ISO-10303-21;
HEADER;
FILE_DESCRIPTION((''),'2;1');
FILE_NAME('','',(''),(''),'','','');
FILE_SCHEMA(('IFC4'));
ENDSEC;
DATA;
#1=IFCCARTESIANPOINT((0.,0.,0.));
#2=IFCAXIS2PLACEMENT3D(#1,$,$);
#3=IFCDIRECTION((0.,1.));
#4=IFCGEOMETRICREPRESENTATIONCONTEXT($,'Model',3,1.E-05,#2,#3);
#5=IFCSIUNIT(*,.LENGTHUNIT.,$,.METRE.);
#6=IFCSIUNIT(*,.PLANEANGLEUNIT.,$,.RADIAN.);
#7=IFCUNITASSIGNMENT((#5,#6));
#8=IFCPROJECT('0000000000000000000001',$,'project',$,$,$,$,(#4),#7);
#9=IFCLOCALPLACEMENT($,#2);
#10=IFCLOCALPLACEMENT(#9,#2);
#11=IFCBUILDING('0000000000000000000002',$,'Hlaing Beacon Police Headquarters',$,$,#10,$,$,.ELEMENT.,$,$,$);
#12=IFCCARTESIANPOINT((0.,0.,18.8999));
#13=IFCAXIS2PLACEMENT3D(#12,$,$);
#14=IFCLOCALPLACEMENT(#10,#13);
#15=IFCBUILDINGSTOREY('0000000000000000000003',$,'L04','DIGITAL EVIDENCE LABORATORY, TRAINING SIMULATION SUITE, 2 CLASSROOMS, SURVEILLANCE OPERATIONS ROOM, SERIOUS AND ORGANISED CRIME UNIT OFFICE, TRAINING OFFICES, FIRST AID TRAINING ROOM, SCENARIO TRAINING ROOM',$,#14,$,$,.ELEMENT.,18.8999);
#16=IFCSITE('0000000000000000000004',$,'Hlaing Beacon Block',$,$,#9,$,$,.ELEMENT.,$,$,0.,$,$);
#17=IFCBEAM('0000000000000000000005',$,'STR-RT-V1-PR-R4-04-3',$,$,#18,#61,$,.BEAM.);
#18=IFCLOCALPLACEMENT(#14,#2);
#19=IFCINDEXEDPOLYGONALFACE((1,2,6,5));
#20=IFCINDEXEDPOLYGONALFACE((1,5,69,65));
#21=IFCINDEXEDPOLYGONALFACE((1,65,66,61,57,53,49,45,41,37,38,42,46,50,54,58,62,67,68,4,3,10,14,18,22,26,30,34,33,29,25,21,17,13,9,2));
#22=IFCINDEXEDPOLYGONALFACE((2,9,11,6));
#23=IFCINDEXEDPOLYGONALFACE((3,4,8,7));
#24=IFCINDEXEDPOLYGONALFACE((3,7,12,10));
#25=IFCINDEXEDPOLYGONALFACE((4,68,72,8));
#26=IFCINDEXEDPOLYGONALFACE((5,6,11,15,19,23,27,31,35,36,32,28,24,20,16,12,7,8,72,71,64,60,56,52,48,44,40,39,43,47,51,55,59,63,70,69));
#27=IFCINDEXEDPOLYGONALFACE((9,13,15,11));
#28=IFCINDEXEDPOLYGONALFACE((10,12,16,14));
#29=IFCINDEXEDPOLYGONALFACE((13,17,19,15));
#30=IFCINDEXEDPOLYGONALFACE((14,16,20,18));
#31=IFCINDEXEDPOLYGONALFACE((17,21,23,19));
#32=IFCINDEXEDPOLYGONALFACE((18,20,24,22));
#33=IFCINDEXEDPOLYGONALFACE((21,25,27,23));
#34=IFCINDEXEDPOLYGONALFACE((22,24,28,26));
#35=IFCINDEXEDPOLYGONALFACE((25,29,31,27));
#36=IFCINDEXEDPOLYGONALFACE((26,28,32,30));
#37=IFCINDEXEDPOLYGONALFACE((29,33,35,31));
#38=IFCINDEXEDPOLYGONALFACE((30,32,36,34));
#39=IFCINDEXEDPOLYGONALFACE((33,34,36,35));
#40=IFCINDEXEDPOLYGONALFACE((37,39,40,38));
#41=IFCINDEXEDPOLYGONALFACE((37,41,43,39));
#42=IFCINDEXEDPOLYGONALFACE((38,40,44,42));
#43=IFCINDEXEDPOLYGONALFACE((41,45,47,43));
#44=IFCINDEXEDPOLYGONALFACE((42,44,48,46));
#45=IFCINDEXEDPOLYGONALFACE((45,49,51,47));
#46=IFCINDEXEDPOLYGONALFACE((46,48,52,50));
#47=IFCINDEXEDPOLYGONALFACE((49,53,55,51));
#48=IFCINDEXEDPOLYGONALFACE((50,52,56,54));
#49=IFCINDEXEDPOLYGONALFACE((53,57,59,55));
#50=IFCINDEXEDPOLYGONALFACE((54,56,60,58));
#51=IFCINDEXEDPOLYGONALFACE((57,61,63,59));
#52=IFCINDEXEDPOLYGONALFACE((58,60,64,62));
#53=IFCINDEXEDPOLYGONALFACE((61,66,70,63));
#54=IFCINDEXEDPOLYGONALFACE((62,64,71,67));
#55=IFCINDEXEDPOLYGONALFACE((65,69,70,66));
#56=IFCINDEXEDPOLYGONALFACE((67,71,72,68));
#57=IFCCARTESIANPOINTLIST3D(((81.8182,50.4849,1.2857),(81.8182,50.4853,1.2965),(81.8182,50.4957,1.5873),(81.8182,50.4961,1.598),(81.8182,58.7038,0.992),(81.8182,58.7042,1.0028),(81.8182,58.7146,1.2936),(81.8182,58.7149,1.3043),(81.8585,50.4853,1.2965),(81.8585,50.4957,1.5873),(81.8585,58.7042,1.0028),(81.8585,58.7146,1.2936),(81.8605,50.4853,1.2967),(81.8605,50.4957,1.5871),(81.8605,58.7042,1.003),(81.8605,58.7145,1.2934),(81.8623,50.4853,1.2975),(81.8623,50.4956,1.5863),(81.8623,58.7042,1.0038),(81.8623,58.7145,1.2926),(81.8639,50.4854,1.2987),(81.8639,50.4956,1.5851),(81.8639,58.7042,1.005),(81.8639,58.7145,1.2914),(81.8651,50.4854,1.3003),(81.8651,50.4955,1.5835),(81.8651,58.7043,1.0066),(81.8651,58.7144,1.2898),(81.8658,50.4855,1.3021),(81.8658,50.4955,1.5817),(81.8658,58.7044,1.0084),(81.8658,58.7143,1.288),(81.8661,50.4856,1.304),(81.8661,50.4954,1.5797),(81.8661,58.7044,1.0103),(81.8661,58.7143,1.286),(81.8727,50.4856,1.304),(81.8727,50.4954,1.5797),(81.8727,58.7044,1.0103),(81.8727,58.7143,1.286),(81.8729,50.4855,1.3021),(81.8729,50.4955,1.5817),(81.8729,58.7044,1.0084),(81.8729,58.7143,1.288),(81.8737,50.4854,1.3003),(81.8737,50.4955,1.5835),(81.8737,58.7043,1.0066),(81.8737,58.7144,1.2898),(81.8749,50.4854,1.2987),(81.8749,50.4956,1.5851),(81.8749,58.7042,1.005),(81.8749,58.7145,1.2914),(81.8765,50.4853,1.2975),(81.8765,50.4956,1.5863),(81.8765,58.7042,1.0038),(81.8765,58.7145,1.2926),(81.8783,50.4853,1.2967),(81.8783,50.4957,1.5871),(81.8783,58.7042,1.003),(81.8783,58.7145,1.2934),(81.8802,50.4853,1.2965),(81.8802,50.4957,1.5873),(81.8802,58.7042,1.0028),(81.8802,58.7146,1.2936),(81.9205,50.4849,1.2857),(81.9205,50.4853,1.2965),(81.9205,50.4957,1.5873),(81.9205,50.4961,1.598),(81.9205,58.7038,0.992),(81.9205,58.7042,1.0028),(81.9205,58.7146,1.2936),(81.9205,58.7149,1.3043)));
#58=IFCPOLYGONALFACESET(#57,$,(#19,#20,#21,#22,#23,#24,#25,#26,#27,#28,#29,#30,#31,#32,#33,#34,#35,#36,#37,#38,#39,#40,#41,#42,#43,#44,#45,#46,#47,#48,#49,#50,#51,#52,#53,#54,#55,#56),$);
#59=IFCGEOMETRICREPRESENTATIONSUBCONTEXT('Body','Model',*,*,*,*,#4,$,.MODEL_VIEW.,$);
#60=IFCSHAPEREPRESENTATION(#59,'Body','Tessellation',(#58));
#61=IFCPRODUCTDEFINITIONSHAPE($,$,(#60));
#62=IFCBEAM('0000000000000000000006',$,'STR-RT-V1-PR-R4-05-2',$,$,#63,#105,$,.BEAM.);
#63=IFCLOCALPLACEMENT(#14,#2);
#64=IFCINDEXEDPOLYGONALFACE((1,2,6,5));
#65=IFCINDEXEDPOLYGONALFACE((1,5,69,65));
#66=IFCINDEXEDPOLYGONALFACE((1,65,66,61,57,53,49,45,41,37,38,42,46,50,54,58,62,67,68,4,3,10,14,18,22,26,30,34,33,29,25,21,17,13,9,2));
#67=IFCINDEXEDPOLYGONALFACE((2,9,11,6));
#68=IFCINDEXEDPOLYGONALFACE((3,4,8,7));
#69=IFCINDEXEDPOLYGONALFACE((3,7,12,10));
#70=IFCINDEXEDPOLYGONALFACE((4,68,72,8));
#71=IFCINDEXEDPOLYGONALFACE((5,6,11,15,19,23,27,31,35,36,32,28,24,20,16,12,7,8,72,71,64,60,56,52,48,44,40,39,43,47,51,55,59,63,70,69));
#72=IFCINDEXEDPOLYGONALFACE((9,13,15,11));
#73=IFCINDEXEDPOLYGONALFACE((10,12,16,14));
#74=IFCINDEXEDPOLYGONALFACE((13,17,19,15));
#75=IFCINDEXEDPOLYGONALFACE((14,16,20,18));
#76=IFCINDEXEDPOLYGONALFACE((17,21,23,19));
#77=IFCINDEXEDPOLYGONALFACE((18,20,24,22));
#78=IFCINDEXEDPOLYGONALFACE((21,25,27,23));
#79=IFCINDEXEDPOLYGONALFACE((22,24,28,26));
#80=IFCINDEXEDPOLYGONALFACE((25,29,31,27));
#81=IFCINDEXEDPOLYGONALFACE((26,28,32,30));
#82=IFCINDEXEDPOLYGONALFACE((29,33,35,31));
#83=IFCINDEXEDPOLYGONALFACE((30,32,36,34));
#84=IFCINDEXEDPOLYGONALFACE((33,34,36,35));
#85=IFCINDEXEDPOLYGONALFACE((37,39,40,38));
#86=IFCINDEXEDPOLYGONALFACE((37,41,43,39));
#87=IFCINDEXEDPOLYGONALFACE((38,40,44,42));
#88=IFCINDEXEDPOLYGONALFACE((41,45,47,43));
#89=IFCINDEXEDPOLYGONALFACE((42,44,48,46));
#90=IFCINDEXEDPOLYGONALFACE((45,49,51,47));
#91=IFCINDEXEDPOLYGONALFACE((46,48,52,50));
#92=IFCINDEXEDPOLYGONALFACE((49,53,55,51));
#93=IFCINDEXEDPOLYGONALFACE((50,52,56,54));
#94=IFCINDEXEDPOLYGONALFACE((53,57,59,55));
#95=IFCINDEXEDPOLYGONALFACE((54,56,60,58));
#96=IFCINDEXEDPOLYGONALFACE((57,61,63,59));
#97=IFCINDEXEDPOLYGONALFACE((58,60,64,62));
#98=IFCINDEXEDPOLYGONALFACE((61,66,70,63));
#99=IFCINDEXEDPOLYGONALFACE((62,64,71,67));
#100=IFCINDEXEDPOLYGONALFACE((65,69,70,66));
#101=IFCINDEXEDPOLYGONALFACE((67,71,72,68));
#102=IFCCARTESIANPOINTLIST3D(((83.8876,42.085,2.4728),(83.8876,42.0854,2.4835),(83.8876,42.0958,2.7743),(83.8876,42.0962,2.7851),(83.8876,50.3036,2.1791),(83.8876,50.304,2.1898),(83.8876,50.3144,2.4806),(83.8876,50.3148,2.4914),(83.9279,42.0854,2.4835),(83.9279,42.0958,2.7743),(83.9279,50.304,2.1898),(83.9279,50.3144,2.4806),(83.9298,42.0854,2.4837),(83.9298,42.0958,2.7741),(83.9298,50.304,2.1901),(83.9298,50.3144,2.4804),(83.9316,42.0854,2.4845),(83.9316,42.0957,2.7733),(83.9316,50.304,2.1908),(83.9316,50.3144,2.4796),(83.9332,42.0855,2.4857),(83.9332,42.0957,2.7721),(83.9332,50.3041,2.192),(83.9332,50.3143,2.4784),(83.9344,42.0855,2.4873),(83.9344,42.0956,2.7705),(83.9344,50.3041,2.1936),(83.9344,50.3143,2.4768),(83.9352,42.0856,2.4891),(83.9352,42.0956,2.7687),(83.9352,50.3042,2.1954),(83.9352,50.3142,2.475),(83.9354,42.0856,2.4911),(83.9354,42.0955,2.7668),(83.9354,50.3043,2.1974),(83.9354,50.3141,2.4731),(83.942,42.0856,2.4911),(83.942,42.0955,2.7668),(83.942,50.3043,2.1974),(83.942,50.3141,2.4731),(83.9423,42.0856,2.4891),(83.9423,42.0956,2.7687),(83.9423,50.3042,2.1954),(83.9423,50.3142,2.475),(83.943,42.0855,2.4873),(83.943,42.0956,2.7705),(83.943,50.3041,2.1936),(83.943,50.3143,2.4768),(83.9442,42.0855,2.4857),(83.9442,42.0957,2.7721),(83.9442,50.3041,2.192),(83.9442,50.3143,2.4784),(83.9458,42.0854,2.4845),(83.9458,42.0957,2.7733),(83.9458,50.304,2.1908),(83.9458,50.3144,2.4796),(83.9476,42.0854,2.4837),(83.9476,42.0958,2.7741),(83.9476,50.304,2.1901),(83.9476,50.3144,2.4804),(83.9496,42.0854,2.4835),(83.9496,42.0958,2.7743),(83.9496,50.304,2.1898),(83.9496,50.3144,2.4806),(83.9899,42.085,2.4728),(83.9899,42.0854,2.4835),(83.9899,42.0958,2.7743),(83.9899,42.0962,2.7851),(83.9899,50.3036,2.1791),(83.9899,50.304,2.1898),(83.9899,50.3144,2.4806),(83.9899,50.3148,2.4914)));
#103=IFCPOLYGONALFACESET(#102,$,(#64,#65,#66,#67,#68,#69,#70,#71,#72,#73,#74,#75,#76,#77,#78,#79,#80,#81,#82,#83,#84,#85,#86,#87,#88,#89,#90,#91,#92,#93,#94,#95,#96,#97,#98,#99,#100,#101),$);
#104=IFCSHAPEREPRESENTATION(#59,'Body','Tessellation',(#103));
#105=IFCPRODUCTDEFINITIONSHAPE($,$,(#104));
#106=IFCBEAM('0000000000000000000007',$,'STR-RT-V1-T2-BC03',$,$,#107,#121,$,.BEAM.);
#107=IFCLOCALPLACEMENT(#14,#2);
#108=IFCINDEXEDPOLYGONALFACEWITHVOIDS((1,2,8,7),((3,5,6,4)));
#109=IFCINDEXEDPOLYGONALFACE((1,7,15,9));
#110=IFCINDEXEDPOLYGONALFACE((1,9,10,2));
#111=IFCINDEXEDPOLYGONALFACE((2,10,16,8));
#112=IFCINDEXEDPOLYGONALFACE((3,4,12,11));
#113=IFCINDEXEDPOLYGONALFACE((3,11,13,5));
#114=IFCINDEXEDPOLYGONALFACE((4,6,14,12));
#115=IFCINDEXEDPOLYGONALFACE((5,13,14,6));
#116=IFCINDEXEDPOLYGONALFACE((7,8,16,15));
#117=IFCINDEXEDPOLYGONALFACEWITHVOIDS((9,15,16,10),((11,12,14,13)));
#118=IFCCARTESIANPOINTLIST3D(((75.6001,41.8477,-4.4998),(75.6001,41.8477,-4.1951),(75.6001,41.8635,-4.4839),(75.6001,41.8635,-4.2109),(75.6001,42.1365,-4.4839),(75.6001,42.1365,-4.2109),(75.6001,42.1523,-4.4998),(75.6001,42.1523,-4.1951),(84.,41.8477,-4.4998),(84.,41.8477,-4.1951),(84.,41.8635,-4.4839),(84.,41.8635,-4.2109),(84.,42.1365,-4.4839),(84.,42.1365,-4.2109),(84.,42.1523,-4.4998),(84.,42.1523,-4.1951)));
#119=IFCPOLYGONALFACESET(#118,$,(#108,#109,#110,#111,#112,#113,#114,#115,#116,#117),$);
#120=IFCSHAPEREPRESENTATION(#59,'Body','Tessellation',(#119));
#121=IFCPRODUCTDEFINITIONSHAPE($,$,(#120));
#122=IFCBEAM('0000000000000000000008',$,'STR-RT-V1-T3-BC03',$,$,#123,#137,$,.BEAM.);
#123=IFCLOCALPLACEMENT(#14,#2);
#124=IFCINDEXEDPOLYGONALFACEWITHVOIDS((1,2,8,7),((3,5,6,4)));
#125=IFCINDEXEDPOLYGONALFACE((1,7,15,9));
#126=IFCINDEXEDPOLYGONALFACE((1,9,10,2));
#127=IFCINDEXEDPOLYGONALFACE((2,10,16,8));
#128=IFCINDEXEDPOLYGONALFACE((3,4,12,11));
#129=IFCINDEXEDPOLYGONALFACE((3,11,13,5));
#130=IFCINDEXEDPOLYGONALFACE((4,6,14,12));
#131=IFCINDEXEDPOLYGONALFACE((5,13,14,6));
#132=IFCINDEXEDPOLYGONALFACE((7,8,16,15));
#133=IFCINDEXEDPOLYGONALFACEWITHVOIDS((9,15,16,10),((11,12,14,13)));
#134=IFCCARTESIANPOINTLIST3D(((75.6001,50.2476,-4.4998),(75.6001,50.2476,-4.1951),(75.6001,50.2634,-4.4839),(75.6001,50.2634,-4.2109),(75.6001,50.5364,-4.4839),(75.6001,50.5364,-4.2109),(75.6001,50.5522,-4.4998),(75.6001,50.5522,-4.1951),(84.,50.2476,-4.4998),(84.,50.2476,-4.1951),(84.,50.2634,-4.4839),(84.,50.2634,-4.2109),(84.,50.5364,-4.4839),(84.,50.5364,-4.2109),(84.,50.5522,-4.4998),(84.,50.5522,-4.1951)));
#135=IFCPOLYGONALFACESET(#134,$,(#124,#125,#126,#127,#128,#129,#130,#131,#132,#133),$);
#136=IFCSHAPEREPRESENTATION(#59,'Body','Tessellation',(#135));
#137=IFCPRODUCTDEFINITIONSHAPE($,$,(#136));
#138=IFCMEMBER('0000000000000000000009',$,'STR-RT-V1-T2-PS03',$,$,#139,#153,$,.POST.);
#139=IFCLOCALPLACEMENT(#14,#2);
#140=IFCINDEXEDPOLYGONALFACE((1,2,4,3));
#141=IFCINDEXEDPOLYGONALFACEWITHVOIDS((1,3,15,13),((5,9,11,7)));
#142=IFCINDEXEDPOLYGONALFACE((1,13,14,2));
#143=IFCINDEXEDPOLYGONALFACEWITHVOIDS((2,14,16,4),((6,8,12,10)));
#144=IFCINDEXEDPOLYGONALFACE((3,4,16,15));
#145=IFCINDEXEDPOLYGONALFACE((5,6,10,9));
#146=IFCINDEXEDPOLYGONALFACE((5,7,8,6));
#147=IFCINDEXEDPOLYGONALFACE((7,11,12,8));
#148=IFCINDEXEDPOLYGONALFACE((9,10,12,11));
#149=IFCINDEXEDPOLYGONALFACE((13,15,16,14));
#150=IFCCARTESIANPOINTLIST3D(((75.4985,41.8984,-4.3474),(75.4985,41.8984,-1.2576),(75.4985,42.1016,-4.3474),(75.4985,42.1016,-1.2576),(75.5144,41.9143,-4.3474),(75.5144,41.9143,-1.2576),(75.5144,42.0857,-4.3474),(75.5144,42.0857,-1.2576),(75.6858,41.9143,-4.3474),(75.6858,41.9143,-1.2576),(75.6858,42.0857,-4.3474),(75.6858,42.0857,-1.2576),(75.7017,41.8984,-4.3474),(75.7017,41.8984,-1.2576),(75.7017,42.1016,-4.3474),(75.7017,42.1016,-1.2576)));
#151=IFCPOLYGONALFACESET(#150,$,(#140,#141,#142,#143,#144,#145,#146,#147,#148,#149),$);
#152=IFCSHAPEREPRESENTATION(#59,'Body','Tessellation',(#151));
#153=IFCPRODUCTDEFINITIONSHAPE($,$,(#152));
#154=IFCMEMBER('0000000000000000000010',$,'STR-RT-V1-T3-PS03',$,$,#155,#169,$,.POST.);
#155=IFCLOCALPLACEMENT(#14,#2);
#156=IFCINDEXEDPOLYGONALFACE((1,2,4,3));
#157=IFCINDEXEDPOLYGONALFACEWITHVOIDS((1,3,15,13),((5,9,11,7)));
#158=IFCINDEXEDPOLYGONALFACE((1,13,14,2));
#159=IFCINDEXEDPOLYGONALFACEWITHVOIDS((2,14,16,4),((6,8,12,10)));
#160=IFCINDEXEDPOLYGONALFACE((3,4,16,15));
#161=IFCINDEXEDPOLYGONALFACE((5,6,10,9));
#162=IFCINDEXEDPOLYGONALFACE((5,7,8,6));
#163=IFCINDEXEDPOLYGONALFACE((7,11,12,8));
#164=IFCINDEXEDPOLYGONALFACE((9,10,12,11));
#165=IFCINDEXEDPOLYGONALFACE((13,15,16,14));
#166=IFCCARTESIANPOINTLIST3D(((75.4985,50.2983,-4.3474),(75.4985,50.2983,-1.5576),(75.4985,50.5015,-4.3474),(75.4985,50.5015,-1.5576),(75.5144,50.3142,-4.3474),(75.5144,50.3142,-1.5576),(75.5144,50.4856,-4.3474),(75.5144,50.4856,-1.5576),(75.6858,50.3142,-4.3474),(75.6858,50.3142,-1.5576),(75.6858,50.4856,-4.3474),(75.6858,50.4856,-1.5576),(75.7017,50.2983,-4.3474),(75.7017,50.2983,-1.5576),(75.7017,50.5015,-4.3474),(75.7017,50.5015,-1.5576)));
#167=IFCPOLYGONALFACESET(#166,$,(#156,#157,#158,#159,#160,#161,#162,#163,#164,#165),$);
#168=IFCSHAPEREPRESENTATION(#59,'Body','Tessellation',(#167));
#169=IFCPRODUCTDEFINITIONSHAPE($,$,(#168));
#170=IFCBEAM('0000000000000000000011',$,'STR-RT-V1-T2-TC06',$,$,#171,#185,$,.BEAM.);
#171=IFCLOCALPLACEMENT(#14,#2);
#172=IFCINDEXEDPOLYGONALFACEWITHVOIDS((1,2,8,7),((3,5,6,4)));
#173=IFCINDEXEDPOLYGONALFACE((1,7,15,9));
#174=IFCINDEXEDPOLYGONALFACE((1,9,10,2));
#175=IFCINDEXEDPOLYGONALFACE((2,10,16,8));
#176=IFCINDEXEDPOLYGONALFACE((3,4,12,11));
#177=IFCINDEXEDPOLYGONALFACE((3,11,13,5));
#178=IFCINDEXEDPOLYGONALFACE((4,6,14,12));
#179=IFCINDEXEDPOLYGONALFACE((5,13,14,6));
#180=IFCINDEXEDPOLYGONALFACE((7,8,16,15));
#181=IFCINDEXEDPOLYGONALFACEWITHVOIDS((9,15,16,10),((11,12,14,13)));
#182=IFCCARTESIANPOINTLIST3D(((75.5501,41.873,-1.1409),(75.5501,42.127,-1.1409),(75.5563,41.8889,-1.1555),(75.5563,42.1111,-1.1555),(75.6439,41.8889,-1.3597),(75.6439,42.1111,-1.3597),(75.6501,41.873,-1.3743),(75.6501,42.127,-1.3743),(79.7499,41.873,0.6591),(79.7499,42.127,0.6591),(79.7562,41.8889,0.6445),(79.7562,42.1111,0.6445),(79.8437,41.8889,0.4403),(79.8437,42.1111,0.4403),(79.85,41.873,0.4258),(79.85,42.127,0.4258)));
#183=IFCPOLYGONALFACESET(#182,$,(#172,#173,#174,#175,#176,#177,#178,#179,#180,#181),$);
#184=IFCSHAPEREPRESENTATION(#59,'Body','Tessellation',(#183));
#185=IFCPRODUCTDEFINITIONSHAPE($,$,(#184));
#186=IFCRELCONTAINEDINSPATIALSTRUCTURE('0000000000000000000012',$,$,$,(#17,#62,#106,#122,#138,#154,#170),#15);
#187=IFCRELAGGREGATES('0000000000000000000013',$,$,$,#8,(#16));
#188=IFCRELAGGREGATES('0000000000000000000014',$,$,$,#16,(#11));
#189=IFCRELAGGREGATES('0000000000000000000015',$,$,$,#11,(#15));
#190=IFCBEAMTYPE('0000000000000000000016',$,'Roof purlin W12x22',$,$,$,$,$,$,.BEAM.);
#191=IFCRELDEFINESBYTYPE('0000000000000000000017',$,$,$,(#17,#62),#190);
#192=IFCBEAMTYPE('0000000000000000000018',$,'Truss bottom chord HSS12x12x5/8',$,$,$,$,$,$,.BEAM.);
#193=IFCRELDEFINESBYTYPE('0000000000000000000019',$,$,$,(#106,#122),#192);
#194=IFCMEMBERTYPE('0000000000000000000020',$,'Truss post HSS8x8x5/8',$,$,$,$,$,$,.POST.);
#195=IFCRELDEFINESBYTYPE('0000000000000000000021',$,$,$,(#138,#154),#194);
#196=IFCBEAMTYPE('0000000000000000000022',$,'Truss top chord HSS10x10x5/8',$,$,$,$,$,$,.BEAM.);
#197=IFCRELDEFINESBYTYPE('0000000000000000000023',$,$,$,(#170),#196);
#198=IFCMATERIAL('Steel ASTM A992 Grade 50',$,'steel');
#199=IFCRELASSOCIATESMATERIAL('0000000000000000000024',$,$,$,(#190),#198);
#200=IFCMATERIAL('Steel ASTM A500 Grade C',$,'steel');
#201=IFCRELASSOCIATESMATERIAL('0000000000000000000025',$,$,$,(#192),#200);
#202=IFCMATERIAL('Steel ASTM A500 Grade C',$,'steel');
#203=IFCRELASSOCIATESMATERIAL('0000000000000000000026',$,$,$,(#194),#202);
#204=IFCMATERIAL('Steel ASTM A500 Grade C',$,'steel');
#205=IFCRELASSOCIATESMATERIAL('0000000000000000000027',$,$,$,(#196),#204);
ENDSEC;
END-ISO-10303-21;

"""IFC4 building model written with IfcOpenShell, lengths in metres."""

from ifc_helpers import new_model, si_unit, direction, frame, origin, origin_2d, place, context, subcontext, project, spatial, hollow_rectangle, i_section, extrude, material, material_profile, profile_set, type_object, element, save


model = new_model("IFC4")

# Units and contexts
model_context = context("Model", 3, precision=1e-05, world=origin(), true_north=direction((0.0, 1.0)))
body_context = subcontext(model_context, "Body", "Model", "MODEL_VIEW")
ifc_project = project(units=[si_unit("LENGTHUNIT", "METRE"), si_unit("PLANEANGLEUNIT", "RADIAN")], contexts=[model_context])

# Site, building, storey
site_placement = place(None, origin())
site = spatial("IfcSite", under=ifc_project, at=site_placement, Name="Hlaing Beacon Block", CompositionType="ELEMENT", RefElevation=0.0)
building_placement = place(site_placement, origin())
building = spatial("IfcBuilding", under=site, at=building_placement, Name="Hlaing Beacon Police Headquarters", CompositionType="ELEMENT")
storey_placement = place(building_placement, frame((0.0, 0.0, 18.8999)))
storey = spatial("IfcBuildingStorey", under=building, at=storey_placement, Name="L04", Description="DIGITAL EVIDENCE LABORATORY, TRAINING SIMULATION SUITE, 2 CLASSROOMS, SURVEILLANCE OPERATIONS ROOM, SERIOUS AND ORGANISED CRIME UNIT OFFICE, TRAINING OFFICES, FIRST AID TRAINING ROOM, SCENARIO TRAINING ROOM", CompositionType="ELEMENT", Elevation=18.8999)

# Beams
ifc_material_1 = material(Name="Steel ASTM A992 Grade 50", Category="steel")
ifc_material_profile_1 = material_profile(ifc_material_1, i_section(OverallWidth=0.1023, OverallDepth=0.3125, WebThickness=0.0066, FlangeThickness=0.0107, FilletRadius=0.0076, at=origin_2d()), Name="W12x22")
ifc_profile_set_1 = profile_set([ifc_material_profile_1], Name="Steel ASTM A992 Grade 50")
beam_type_1 = type_object("IfcBeamType", Name="Roof purlin W12x22", PredefinedType="BEAM", material=ifc_profile_set_1)
beam_1_placement = place(storey_placement, frame((81.8694, 50.4905, 1.4419), z_axis=(0.0, 0.999362, -0.035712), x_axis=(-1.0, 0.0, 0.0)))
element("IfcBeam", 1, at=beam_1_placement, inside=storey, type_object=beam_type_1, Name="STR-RT-V1-PR-R4-04-3", PredefinedType="BEAM", context=body_context, shape_type="SweptSolid", body=[
    extrude(i_section(OverallWidth=0.1023, OverallDepth=0.3125, WebThickness=0.0066, FlangeThickness=0.0107, FilletRadius=0.0076, at=origin_2d()), origin(), (0.0, 0.0, 1.0), 8.2241),
])
beam_2_placement = place(storey_placement, frame((83.9387, 42.0906, 2.6289), z_axis=(0.0, 0.999362, -0.035713), x_axis=(-1.0, 0.0, 0.0)))
element("IfcBeam", 2, at=beam_2_placement, inside=storey, type_object=beam_type_1, Name="STR-RT-V1-PR-R4-05-2", PredefinedType="BEAM", context=body_context, shape_type="SweptSolid", body=[
    extrude(i_section(OverallWidth=0.1023, OverallDepth=0.3125, WebThickness=0.0066, FlangeThickness=0.0107, FilletRadius=0.0076, at=origin_2d()), origin(), (0.0, 0.0, 1.0), 8.2239),
])
ifc_material_2 = material(Name="Steel ASTM A500 Grade C", Category="steel")
ifc_material_profile_2 = material_profile(ifc_material_2, hollow_rectangle(XDim=0.3047, YDim=0.3047, WallThickness=0.0159, at=origin_2d()), Name="HSS12x12x5/8")
ifc_profile_set_2 = profile_set([ifc_material_profile_2], Name="Steel ASTM A500 Grade C")
beam_type_2 = type_object("IfcBeamType", Name="Truss bottom chord HSS12x12x5/8", PredefinedType="BEAM", material=ifc_profile_set_2)
for number, where, z_axis, x_axis, name in (
    (3, (75.6001, 42.0, -4.3474), (1.0, 0.0, 0.0), (0.0, 1.0, 0.0), "STR-RT-V1-T2-BC03"),
    (4, (75.6001, 50.3999, -4.3474), (1.0, 0.0, 0.0), (0.0, 1.0, 0.0), "STR-RT-V1-T3-BC03"),
):
    element("IfcBeam", number, at=place(storey_placement, frame(where, z_axis=z_axis, x_axis=x_axis)), inside=storey, type_object=beam_type_2, Name=name, PredefinedType="BEAM", context=body_context, shape_type="SweptSolid", body=[
        extrude(hollow_rectangle(XDim=0.3047, YDim=0.3047, WallThickness=0.0159, at=origin_2d()), origin(), (0.0, 0.0, 1.0), 8.3999),
    ])

# Members
ifc_material_3 = material(Name="Steel ASTM A500 Grade C", Category="steel")
ifc_material_profile_3 = material_profile(ifc_material_3, hollow_rectangle(XDim=0.2031, YDim=0.2031, WallThickness=0.0159, at=origin_2d()), Name="HSS8x8x5/8")
ifc_profile_set_3 = profile_set([ifc_material_profile_3], Name="Steel ASTM A500 Grade C")
member_type_1 = type_object("IfcMemberType", Name="Truss post HSS8x8x5/8", PredefinedType="POST", material=ifc_profile_set_3)
member_1_placement = place(storey_placement, frame((75.6001, 42.0, -4.3474), z_axis=(0.0, 0.0, 1.0), x_axis=(1.0, 0.0, 0.0)))
element("IfcMember", 5, at=member_1_placement, inside=storey, type_object=member_type_1, Name="STR-RT-V1-T2-PS03", PredefinedType="POST", context=body_context, shape_type="SweptSolid", body=[
    extrude(hollow_rectangle(XDim=0.2031, YDim=0.2031, WallThickness=0.0159, at=origin_2d()), origin(), (0.0, 0.0, 1.0), 3.0898),
])
member_2_placement = place(storey_placement, frame((75.6001, 50.3999, -4.3474), z_axis=(0.0, 0.0, 1.0), x_axis=(1.0, 0.0, 0.0)))
element("IfcMember", 6, at=member_2_placement, inside=storey, type_object=member_type_1, Name="STR-RT-V1-T3-PS03", PredefinedType="POST", context=body_context, shape_type="SweptSolid", body=[
    extrude(hollow_rectangle(XDim=0.2031, YDim=0.2031, WallThickness=0.0159, at=origin_2d()), origin(), (0.0, 0.0, 1.0), 2.7898),
])

# Beam
ifc_material_4 = material(Name="Steel ASTM A500 Grade C", Category="steel")
ifc_material_profile_4 = material_profile(ifc_material_4, hollow_rectangle(XDim=0.2539, YDim=0.2539, WallThickness=0.0159, at=origin_2d()), Name="HSS10x10x5/8")
ifc_profile_set_4 = profile_set([ifc_material_profile_4], Name="Steel ASTM A500 Grade C")
beam_type_3 = type_object("IfcBeamType", Name="Truss top chord HSS10x10x5/8", PredefinedType="BEAM", material=ifc_profile_set_4)
beam_3_placement = place(storey_placement, frame((75.6001, 42.0, -1.2576), z_axis=(0.91914, 0.0, 0.393932), x_axis=(0.0, 1.0, 0.0)))
element("IfcBeam", 7, at=beam_3_placement, inside=storey, type_object=beam_type_3, Name="STR-RT-V1-T2-TC06", PredefinedType="BEAM", context=body_context, shape_type="SweptSolid", body=[
    extrude(hollow_rectangle(XDim=0.2539, YDim=0.2539, WallThickness=0.0159, at=origin_2d()), origin(), (0.0, 0.0, 1.0), 4.5693),
])

save(model, "model.ifc")
